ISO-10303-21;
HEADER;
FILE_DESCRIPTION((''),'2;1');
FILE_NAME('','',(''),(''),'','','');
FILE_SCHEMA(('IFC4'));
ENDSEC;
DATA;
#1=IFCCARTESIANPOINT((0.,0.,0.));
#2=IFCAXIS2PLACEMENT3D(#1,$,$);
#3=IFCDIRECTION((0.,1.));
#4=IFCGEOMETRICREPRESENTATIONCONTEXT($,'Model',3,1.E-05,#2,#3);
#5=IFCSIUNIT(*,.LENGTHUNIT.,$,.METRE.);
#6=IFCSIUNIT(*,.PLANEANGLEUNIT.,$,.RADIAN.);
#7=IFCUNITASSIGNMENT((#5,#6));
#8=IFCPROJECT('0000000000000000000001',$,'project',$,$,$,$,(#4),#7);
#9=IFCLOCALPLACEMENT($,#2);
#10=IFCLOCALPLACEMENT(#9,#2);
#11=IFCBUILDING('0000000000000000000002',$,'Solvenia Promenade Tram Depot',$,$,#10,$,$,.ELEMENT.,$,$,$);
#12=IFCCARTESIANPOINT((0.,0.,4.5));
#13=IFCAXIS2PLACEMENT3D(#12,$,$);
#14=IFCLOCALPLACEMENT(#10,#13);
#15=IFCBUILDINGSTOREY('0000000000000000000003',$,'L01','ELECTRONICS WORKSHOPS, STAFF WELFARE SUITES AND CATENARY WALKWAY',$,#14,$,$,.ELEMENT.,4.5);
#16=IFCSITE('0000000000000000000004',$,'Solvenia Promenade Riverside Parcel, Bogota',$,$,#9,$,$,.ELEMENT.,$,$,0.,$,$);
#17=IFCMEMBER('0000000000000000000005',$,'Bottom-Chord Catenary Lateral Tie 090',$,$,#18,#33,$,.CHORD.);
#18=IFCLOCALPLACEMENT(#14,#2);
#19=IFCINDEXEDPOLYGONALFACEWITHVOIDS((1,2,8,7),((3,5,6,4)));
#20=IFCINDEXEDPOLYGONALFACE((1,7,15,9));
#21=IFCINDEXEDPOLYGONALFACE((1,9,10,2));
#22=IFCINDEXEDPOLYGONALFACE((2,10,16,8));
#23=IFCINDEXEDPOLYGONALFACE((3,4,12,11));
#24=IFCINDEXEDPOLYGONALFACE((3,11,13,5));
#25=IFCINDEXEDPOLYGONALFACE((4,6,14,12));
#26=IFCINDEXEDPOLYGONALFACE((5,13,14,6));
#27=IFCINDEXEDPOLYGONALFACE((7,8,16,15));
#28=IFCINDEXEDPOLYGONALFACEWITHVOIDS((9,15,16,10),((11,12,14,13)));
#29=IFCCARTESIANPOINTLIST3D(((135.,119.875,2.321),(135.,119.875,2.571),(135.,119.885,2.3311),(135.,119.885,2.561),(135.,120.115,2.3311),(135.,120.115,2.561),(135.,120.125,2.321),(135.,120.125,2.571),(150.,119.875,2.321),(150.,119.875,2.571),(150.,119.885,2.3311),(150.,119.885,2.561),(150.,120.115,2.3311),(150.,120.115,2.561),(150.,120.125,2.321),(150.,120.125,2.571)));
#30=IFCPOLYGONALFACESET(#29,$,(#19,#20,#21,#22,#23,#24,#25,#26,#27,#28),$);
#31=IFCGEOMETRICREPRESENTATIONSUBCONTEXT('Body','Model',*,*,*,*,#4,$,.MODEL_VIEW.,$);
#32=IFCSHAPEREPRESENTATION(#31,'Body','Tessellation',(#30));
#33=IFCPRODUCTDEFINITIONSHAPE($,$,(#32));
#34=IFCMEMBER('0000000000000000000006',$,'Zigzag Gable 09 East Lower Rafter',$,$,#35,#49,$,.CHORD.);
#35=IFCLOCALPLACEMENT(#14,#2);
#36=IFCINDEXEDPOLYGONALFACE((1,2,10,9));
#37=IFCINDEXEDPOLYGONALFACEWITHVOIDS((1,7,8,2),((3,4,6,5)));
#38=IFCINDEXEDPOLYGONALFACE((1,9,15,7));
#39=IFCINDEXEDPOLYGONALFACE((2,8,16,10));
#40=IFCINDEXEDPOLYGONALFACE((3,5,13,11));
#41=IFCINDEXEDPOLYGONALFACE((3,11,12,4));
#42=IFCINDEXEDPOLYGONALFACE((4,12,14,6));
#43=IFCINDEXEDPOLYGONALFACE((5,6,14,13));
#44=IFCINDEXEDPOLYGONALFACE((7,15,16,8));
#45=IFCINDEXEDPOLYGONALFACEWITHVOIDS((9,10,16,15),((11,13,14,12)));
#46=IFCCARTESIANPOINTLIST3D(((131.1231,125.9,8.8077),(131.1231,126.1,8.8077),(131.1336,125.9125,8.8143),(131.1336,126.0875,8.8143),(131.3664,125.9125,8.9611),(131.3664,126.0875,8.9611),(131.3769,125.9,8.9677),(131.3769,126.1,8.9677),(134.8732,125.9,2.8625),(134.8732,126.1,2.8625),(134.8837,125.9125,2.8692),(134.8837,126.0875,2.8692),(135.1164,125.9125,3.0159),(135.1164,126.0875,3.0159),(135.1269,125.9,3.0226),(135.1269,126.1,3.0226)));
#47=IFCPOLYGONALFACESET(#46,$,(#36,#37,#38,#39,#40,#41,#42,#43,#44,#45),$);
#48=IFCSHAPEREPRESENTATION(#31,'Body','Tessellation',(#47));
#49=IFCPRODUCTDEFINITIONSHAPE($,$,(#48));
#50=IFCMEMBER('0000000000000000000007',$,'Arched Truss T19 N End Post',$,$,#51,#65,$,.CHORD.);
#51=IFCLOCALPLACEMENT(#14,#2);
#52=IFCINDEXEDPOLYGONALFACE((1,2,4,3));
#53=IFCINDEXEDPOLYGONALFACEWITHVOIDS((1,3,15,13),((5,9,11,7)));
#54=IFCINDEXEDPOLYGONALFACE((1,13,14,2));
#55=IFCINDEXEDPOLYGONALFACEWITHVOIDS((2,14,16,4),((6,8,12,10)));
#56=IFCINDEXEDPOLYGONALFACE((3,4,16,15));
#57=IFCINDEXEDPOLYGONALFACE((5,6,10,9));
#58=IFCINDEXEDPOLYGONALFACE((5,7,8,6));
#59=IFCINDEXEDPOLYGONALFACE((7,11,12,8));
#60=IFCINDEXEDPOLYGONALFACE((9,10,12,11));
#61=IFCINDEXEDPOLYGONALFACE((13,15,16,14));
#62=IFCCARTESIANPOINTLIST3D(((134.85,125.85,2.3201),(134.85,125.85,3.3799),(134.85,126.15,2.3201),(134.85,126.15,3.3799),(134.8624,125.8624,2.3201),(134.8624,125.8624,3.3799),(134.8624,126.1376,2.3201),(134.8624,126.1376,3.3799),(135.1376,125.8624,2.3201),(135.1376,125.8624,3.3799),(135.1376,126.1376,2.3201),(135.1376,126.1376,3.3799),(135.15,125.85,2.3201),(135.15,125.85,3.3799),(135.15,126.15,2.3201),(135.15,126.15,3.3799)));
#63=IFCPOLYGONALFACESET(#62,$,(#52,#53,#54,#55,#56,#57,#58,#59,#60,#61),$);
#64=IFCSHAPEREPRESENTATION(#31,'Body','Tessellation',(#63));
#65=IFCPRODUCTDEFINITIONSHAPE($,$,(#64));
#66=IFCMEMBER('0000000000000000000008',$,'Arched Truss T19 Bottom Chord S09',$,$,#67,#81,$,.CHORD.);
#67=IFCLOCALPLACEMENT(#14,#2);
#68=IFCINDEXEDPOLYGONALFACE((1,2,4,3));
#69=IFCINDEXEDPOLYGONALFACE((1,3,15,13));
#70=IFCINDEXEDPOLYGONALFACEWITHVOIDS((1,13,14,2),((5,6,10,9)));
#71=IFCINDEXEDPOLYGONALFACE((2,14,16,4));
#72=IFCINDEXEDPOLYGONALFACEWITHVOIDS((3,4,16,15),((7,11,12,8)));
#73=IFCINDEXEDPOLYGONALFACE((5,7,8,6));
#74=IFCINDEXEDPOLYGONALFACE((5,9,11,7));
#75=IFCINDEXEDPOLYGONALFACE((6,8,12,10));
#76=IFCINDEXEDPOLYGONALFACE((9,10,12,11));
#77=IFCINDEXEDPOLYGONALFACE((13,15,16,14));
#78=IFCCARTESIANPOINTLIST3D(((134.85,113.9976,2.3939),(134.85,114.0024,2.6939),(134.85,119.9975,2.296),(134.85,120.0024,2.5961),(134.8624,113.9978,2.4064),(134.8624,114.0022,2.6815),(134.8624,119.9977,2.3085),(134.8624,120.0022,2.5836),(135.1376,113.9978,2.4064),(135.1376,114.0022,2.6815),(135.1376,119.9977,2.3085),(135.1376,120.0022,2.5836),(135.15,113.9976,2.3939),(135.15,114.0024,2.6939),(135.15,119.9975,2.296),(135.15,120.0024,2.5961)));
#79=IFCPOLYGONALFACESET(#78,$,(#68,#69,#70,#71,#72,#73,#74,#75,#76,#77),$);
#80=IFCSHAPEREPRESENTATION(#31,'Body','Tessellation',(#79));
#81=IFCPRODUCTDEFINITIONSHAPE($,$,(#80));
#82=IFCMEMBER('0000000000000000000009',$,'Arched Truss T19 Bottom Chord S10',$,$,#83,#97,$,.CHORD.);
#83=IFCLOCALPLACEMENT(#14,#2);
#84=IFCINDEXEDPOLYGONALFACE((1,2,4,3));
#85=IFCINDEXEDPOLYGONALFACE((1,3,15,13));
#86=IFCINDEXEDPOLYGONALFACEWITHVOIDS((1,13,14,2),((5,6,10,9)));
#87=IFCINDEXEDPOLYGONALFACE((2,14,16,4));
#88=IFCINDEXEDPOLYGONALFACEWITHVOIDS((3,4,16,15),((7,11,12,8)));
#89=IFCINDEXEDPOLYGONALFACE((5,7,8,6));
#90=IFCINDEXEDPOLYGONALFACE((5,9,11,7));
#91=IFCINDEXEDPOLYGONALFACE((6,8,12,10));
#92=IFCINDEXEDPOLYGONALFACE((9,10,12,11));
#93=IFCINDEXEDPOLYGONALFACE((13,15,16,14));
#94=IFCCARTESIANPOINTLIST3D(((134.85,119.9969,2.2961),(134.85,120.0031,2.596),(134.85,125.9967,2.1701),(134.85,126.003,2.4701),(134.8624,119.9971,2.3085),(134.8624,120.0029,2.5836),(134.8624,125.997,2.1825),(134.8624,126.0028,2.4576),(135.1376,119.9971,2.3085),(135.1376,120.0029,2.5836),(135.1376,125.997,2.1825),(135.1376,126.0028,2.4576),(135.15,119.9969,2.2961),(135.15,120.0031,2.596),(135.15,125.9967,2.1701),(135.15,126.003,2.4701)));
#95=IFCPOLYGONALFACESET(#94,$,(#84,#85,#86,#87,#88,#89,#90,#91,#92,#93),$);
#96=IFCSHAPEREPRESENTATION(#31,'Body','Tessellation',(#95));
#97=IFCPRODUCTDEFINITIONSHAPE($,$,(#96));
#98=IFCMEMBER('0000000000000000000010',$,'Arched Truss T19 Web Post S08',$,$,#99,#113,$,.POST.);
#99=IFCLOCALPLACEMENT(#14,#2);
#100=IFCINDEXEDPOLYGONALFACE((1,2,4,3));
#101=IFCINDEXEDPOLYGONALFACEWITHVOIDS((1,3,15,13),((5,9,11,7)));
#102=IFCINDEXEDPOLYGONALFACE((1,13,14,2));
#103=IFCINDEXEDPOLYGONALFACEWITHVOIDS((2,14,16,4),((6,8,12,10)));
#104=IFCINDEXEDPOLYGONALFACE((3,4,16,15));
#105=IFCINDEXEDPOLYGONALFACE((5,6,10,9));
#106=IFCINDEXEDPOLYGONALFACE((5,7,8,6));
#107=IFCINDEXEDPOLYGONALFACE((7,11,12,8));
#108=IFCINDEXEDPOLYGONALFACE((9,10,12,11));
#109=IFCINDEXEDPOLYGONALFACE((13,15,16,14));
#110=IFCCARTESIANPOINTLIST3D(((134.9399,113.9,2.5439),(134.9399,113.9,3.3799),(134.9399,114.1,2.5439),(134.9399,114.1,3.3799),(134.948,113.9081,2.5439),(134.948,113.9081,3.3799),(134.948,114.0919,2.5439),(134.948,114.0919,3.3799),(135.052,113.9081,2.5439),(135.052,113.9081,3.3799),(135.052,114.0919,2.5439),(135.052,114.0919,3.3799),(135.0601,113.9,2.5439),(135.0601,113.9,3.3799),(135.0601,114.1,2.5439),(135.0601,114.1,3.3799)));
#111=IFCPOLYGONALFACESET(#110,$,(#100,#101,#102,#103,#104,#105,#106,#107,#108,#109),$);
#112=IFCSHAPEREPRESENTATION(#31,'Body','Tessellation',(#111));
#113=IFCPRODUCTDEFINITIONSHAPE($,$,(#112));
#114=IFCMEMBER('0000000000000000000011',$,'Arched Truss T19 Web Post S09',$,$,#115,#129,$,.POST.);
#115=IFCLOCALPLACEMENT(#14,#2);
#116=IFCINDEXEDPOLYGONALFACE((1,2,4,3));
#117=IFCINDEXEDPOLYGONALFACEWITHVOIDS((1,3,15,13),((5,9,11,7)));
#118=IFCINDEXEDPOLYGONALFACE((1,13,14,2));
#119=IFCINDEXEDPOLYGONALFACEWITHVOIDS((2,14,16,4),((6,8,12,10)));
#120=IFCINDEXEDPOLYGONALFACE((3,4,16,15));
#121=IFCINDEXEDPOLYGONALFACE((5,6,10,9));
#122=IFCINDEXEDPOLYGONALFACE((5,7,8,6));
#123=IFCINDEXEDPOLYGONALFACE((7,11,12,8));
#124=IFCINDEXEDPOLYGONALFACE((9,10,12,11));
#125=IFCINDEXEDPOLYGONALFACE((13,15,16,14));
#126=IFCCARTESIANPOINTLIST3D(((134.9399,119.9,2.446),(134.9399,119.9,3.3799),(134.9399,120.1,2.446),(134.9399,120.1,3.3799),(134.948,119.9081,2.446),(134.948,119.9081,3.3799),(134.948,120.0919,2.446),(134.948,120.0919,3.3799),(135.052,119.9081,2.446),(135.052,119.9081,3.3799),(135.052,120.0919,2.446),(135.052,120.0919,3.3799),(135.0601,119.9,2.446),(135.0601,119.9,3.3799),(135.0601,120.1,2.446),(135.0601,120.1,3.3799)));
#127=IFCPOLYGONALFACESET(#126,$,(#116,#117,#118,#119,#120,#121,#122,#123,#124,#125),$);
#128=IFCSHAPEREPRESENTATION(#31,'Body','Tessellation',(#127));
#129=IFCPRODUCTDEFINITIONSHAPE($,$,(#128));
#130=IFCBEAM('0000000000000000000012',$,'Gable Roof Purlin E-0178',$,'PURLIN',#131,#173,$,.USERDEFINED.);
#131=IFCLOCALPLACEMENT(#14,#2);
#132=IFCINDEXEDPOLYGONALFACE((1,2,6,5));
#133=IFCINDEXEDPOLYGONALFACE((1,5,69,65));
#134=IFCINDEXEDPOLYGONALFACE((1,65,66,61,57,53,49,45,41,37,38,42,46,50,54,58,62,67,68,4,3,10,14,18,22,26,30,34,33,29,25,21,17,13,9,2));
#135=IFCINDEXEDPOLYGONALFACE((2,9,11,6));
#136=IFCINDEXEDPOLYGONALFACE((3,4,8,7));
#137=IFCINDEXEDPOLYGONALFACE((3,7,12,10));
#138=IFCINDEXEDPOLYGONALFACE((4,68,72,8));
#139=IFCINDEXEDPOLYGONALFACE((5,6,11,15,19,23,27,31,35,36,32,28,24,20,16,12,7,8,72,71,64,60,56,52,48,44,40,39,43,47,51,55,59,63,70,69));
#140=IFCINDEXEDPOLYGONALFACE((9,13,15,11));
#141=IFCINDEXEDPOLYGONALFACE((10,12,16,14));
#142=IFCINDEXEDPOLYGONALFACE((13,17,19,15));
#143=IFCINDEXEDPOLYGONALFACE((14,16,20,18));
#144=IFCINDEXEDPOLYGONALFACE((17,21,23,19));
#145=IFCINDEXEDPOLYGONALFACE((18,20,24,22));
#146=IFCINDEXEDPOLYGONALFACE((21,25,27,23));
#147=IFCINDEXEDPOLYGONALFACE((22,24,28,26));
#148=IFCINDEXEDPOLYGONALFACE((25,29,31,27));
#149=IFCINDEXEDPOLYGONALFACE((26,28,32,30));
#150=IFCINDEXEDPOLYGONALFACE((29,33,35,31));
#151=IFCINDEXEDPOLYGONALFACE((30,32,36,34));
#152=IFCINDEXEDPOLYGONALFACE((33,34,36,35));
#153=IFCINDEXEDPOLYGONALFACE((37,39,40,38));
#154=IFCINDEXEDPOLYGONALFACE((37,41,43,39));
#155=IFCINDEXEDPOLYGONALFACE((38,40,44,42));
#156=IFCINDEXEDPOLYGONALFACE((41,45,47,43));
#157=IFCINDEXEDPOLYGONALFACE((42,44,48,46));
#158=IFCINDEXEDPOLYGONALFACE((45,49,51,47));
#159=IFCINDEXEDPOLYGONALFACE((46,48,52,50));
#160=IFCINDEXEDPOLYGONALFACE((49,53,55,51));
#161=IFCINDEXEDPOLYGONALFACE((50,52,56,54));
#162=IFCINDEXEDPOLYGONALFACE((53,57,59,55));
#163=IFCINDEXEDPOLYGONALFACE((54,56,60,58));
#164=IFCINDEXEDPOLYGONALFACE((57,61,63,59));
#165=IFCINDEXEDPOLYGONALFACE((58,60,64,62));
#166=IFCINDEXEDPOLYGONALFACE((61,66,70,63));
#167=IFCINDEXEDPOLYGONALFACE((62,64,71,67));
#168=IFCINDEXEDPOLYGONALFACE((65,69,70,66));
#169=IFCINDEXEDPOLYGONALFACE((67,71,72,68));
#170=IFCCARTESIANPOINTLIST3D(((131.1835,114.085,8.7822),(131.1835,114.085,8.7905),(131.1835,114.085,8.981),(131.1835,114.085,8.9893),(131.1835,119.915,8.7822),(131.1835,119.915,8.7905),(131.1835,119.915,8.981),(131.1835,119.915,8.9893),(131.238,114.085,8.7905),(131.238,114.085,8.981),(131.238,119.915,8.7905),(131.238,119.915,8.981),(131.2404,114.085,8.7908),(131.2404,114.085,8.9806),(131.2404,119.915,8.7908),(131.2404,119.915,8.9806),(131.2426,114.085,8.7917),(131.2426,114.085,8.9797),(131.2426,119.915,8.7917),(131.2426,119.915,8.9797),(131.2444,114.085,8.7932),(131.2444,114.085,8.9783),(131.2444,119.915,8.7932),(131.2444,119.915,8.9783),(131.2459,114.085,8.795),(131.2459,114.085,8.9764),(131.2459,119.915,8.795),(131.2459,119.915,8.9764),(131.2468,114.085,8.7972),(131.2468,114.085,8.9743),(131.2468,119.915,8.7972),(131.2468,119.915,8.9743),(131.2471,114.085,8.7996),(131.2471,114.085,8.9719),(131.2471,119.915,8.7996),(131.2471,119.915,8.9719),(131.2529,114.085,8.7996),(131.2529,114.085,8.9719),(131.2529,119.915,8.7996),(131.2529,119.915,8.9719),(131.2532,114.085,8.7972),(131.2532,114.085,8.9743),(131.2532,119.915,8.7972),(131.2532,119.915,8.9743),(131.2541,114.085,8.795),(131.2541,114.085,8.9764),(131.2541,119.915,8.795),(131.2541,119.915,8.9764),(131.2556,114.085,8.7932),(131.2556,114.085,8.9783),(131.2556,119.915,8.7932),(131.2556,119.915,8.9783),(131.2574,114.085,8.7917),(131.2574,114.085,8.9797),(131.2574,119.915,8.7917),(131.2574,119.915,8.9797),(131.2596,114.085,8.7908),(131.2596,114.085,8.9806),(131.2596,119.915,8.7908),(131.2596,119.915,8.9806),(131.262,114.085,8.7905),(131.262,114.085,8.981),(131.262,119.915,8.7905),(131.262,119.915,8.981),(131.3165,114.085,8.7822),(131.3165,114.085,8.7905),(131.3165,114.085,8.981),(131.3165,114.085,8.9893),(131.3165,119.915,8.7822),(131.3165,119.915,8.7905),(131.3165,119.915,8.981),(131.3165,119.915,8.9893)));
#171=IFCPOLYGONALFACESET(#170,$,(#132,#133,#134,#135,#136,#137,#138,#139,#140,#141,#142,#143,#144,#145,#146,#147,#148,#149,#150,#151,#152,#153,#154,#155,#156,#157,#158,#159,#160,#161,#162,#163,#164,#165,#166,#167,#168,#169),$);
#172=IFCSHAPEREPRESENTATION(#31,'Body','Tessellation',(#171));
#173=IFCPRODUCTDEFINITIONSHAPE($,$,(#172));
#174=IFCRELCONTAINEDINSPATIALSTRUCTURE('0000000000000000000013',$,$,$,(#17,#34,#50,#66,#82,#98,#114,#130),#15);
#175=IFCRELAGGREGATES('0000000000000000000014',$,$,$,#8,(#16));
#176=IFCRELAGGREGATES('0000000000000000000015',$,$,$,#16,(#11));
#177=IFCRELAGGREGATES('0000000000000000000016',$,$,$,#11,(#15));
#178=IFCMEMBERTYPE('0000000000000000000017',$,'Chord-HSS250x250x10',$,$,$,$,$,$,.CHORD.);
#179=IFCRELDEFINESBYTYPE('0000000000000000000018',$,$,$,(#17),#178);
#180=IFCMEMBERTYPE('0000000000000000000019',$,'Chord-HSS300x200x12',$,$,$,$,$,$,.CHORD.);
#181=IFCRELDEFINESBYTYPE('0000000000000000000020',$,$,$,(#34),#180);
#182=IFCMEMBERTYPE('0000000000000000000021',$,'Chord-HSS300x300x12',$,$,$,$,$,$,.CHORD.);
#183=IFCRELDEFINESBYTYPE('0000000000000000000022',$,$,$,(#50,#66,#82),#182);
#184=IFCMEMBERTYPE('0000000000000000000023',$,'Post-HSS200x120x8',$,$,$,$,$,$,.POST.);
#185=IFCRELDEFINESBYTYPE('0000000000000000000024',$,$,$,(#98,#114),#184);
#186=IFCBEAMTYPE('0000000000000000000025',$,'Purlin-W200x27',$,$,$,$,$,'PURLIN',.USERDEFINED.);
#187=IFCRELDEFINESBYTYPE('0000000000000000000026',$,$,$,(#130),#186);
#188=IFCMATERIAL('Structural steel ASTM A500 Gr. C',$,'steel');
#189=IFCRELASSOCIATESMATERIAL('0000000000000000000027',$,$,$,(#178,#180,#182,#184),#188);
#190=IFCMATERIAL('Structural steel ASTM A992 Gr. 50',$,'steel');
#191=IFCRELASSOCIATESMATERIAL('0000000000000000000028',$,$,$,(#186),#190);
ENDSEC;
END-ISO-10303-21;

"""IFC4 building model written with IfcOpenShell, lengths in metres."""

from ifc_helpers import new_model, si_unit, direction, frame, origin, origin_2d, place, context, subcontext, project, spatial, hollow_rectangle, i_section, extrude, material, material_profile, profile_set, type_object, element, save


model = new_model("IFC4")

# Units and contexts
model_context = context("Model", 3, precision=1e-05, world=origin(), true_north=direction((0.0, 1.0)))
body_context = subcontext(model_context, "Body", "Model", "MODEL_VIEW")
ifc_project = project(units=[si_unit("LENGTHUNIT", "METRE"), si_unit("PLANEANGLEUNIT", "RADIAN")], contexts=[model_context])

# Site, building, storey
site_placement = place(None, origin())
site = spatial("IfcSite", under=ifc_project, at=site_placement, Name="Solvenia Promenade Riverside Parcel, Bogota", CompositionType="ELEMENT", RefElevation=0.0)
building_placement = place(site_placement, origin())
building = spatial("IfcBuilding", under=site, at=building_placement, Name="Solvenia Promenade Tram Depot", CompositionType="ELEMENT")
storey_placement = place(building_placement, frame((0.0, 0.0, 4.5)))
storey = spatial("IfcBuildingStorey", under=building, at=storey_placement, Name="L01", Description="ELECTRONICS WORKSHOPS, STAFF WELFARE SUITES AND CATENARY WALKWAY", CompositionType="ELEMENT", Elevation=4.5)

# Shared definitions
ifc_material_1 = material(Name="Structural steel ASTM A992 Gr. 50", Category="steel")

# Members
ifc_material_2 = material(Name="Structural steel ASTM A500 Gr. C", Category="steel")
ifc_material_profile_1 = material_profile(ifc_material_2, hollow_rectangle(XDim=0.25, YDim=0.25, WallThickness=0.01, at=origin_2d()), Name="HSS250x250x10", Category="steel")
ifc_profile_set_1 = profile_set([ifc_material_profile_1], Name="Structural steel ASTM A500 Gr. C")
member_type_1 = type_object("IfcMemberType", Name="Chord-HSS250x250x10", PredefinedType="CHORD", material=ifc_profile_set_1)
for number, where, z_axis, x_axis, name in (
    (1, (135.0, 120.0, 2.446), (1.0, 0.0, 0.0), (0.0, 1.0, 0.0), "Bottom-Chord Catenary Lateral Tie 090"),
):
    element("IfcMember", number, at=place(storey_placement, frame(where, z_axis=z_axis, x_axis=x_axis)), inside=storey, type_object=member_type_1, Name=name, PredefinedType="CHORD", context=body_context, shape_type="SweptSolid", body=[
        extrude(hollow_rectangle(XDim=0.25, YDim=0.25, WallThickness=0.01, at=origin_2d()), origin(), (0.0, 0.0, 1.0), 15.0),
    ])
ifc_material_profile_2 = material_profile(ifc_material_2, hollow_rectangle(XDim=0.2, YDim=0.3, WallThickness=0.0125, at=origin_2d()), Name="HSS300x200x12.5", Category="steel")
ifc_profile_set_2 = profile_set([ifc_material_profile_2], Name="Structural steel ASTM A500 Gr. C")
member_type_2 = type_object("IfcMemberType", Name="Chord-HSS300x200x12", PredefinedType="CHORD", material=ifc_profile_set_2)
member_1_placement = place(storey_placement, frame((131.25, 126.0, 8.8877), z_axis=(0.533507, 0.0, -0.845796), x_axis=(0.0, 1.0, 0.0)))
element("IfcMember", 2, at=member_1_placement, inside=storey, type_object=member_type_2, Name="Zigzag Gable 09 East Lower Rafter", PredefinedType="CHORD", context=body_context, shape_type="SweptSolid", body=[
    extrude(hollow_rectangle(XDim=0.2, YDim=0.3, WallThickness=0.0125, at=origin_2d()), origin(), (0.0, 0.0, 1.0), 7.0291),
])
ifc_material_profile_3 = material_profile(ifc_material_2, hollow_rectangle(XDim=0.3, YDim=0.3, WallThickness=0.0125, at=origin_2d()), Name="HSS300x300x12.5", Category="steel")
ifc_profile_set_3 = profile_set([ifc_material_profile_3], Name="Structural steel ASTM A500 Gr. C")
member_type_3 = type_object("IfcMemberType", Name="Chord-HSS300x300x12", PredefinedType="CHORD", material=ifc_profile_set_3)
member_2_placement = place(storey_placement, frame((135.0, 126.0, 2.3201), z_axis=(0.0, 0.0, 1.0), x_axis=(1.0, 0.0, 0.0)))
element("IfcMember", 3, at=member_2_placement, inside=storey, type_object=member_type_3, Name="Arched Truss T19 N End Post", PredefinedType="CHORD", context=body_context, shape_type="SweptSolid", body=[
    extrude(hollow_rectangle(XDim=0.3, YDim=0.3, WallThickness=0.0125, at=origin_2d()), origin(), (0.0, 0.0, 1.0), 1.0598),
])
member_3_placement = place(storey_placement, frame((135.0, 114.0, 2.5439), z_axis=(0.0, 0.999867, -0.016315), x_axis=(-1.0, 0.0, 0.0)))
element("IfcMember", 4, at=member_3_placement, inside=storey, type_object=member_type_3, Name="Arched Truss T19 Bottom Chord S09", PredefinedType="CHORD", context=body_context, shape_type="SweptSolid", body=[
    extrude(hollow_rectangle(XDim=0.3, YDim=0.3, WallThickness=0.0125, at=origin_2d()), origin(), (0.0, 0.0, 1.0), 6.0007),
])
member_4_placement = place(storey_placement, frame((135.0, 120.0, 2.446), z_axis=(0.0, 0.99978, -0.020991), x_axis=(-1.0, 0.0, 0.0)))
element("IfcMember", 5, at=member_4_placement, inside=storey, type_object=member_type_3, Name="Arched Truss T19 Bottom Chord S10", PredefinedType="CHORD", context=body_context, shape_type="SweptSolid", body=[
    extrude(hollow_rectangle(XDim=0.3, YDim=0.3, WallThickness=0.0125, at=origin_2d()), origin(), (0.0, 0.0, 1.0), 6.0012),
])
ifc_material_profile_4 = material_profile(ifc_material_2, hollow_rectangle(XDim=0.1201, YDim=0.2, WallThickness=0.0081, at=origin_2d()), Name="HSS200x120x8", Category="steel")
ifc_profile_set_4 = profile_set([ifc_material_profile_4], Name="Structural steel ASTM A500 Gr. C")
member_type_4 = type_object("IfcMemberType", Name="Post-HSS200x120x8", PredefinedType="POST", material=ifc_profile_set_4)
member_5_placement = place(storey_placement, frame((135.0, 114.0, 2.5439), z_axis=(0.0, 0.0, 1.0), x_axis=(1.0, 0.0, 0.0)))
element("IfcMember", 6, at=member_5_placement, inside=storey, type_object=member_type_4, Name="Arched Truss T19 Web Post S08", PredefinedType="POST", context=body_context, shape_type="SweptSolid", body=[
    extrude(hollow_rectangle(XDim=0.1201, YDim=0.2, WallThickness=0.0081, at=origin_2d()), origin(), (0.0, 0.0, 1.0), 0.8359),
])
member_6_placement = place(storey_placement, frame((135.0, 120.0, 2.446), z_axis=(0.0, 0.0, 1.0), x_axis=(1.0, 0.0, 0.0)))
element("IfcMember", 7, at=member_6_placement, inside=storey, type_object=member_type_4, Name="Arched Truss T19 Web Post S09", PredefinedType="POST", context=body_context, shape_type="SweptSolid", body=[
    extrude(hollow_rectangle(XDim=0.1201, YDim=0.2, WallThickness=0.0081, at=origin_2d()), origin(), (0.0, 0.0, 1.0), 0.9338),
])

# Beam
ifc_material_profile_5 = material_profile(ifc_material_1, i_section(OverallWidth=0.1331, OverallDepth=0.207, WebThickness=0.0059, FlangeThickness=0.0083, FilletRadius=0.009, at=origin_2d()), Name="W200x27", Category="steel")
ifc_profile_set_5 = profile_set([ifc_material_profile_5], Name="Structural steel ASTM A992 Gr. 50")
beam_type_1 = type_object("IfcBeamType", Name="Purlin-W200x27", ElementType="PURLIN", PredefinedType="USERDEFINED", material=ifc_profile_set_5)
for number, where, z_axis, x_axis, name in (
    (8, (131.25, 114.085, 8.8857), (0.0, 1.0, 0.0), (-1.0, 0.0, 0.0), "Gable Roof Purlin E-0178"),
):
    element("IfcBeam", number, at=place(storey_placement, frame(where, z_axis=z_axis, x_axis=x_axis)), inside=storey, type_object=beam_type_1, Name=name, ObjectType="PURLIN", PredefinedType="USERDEFINED", context=body_context, shape_type="SweptSolid", body=[
        extrude(i_section(OverallWidth=0.1331, OverallDepth=0.207, WebThickness=0.0059, FlangeThickness=0.0083, FilletRadius=0.009, at=origin_2d()), origin(), (0.0, 0.0, 1.0), 5.8301),
    ])

save(model, "model.ifc")
